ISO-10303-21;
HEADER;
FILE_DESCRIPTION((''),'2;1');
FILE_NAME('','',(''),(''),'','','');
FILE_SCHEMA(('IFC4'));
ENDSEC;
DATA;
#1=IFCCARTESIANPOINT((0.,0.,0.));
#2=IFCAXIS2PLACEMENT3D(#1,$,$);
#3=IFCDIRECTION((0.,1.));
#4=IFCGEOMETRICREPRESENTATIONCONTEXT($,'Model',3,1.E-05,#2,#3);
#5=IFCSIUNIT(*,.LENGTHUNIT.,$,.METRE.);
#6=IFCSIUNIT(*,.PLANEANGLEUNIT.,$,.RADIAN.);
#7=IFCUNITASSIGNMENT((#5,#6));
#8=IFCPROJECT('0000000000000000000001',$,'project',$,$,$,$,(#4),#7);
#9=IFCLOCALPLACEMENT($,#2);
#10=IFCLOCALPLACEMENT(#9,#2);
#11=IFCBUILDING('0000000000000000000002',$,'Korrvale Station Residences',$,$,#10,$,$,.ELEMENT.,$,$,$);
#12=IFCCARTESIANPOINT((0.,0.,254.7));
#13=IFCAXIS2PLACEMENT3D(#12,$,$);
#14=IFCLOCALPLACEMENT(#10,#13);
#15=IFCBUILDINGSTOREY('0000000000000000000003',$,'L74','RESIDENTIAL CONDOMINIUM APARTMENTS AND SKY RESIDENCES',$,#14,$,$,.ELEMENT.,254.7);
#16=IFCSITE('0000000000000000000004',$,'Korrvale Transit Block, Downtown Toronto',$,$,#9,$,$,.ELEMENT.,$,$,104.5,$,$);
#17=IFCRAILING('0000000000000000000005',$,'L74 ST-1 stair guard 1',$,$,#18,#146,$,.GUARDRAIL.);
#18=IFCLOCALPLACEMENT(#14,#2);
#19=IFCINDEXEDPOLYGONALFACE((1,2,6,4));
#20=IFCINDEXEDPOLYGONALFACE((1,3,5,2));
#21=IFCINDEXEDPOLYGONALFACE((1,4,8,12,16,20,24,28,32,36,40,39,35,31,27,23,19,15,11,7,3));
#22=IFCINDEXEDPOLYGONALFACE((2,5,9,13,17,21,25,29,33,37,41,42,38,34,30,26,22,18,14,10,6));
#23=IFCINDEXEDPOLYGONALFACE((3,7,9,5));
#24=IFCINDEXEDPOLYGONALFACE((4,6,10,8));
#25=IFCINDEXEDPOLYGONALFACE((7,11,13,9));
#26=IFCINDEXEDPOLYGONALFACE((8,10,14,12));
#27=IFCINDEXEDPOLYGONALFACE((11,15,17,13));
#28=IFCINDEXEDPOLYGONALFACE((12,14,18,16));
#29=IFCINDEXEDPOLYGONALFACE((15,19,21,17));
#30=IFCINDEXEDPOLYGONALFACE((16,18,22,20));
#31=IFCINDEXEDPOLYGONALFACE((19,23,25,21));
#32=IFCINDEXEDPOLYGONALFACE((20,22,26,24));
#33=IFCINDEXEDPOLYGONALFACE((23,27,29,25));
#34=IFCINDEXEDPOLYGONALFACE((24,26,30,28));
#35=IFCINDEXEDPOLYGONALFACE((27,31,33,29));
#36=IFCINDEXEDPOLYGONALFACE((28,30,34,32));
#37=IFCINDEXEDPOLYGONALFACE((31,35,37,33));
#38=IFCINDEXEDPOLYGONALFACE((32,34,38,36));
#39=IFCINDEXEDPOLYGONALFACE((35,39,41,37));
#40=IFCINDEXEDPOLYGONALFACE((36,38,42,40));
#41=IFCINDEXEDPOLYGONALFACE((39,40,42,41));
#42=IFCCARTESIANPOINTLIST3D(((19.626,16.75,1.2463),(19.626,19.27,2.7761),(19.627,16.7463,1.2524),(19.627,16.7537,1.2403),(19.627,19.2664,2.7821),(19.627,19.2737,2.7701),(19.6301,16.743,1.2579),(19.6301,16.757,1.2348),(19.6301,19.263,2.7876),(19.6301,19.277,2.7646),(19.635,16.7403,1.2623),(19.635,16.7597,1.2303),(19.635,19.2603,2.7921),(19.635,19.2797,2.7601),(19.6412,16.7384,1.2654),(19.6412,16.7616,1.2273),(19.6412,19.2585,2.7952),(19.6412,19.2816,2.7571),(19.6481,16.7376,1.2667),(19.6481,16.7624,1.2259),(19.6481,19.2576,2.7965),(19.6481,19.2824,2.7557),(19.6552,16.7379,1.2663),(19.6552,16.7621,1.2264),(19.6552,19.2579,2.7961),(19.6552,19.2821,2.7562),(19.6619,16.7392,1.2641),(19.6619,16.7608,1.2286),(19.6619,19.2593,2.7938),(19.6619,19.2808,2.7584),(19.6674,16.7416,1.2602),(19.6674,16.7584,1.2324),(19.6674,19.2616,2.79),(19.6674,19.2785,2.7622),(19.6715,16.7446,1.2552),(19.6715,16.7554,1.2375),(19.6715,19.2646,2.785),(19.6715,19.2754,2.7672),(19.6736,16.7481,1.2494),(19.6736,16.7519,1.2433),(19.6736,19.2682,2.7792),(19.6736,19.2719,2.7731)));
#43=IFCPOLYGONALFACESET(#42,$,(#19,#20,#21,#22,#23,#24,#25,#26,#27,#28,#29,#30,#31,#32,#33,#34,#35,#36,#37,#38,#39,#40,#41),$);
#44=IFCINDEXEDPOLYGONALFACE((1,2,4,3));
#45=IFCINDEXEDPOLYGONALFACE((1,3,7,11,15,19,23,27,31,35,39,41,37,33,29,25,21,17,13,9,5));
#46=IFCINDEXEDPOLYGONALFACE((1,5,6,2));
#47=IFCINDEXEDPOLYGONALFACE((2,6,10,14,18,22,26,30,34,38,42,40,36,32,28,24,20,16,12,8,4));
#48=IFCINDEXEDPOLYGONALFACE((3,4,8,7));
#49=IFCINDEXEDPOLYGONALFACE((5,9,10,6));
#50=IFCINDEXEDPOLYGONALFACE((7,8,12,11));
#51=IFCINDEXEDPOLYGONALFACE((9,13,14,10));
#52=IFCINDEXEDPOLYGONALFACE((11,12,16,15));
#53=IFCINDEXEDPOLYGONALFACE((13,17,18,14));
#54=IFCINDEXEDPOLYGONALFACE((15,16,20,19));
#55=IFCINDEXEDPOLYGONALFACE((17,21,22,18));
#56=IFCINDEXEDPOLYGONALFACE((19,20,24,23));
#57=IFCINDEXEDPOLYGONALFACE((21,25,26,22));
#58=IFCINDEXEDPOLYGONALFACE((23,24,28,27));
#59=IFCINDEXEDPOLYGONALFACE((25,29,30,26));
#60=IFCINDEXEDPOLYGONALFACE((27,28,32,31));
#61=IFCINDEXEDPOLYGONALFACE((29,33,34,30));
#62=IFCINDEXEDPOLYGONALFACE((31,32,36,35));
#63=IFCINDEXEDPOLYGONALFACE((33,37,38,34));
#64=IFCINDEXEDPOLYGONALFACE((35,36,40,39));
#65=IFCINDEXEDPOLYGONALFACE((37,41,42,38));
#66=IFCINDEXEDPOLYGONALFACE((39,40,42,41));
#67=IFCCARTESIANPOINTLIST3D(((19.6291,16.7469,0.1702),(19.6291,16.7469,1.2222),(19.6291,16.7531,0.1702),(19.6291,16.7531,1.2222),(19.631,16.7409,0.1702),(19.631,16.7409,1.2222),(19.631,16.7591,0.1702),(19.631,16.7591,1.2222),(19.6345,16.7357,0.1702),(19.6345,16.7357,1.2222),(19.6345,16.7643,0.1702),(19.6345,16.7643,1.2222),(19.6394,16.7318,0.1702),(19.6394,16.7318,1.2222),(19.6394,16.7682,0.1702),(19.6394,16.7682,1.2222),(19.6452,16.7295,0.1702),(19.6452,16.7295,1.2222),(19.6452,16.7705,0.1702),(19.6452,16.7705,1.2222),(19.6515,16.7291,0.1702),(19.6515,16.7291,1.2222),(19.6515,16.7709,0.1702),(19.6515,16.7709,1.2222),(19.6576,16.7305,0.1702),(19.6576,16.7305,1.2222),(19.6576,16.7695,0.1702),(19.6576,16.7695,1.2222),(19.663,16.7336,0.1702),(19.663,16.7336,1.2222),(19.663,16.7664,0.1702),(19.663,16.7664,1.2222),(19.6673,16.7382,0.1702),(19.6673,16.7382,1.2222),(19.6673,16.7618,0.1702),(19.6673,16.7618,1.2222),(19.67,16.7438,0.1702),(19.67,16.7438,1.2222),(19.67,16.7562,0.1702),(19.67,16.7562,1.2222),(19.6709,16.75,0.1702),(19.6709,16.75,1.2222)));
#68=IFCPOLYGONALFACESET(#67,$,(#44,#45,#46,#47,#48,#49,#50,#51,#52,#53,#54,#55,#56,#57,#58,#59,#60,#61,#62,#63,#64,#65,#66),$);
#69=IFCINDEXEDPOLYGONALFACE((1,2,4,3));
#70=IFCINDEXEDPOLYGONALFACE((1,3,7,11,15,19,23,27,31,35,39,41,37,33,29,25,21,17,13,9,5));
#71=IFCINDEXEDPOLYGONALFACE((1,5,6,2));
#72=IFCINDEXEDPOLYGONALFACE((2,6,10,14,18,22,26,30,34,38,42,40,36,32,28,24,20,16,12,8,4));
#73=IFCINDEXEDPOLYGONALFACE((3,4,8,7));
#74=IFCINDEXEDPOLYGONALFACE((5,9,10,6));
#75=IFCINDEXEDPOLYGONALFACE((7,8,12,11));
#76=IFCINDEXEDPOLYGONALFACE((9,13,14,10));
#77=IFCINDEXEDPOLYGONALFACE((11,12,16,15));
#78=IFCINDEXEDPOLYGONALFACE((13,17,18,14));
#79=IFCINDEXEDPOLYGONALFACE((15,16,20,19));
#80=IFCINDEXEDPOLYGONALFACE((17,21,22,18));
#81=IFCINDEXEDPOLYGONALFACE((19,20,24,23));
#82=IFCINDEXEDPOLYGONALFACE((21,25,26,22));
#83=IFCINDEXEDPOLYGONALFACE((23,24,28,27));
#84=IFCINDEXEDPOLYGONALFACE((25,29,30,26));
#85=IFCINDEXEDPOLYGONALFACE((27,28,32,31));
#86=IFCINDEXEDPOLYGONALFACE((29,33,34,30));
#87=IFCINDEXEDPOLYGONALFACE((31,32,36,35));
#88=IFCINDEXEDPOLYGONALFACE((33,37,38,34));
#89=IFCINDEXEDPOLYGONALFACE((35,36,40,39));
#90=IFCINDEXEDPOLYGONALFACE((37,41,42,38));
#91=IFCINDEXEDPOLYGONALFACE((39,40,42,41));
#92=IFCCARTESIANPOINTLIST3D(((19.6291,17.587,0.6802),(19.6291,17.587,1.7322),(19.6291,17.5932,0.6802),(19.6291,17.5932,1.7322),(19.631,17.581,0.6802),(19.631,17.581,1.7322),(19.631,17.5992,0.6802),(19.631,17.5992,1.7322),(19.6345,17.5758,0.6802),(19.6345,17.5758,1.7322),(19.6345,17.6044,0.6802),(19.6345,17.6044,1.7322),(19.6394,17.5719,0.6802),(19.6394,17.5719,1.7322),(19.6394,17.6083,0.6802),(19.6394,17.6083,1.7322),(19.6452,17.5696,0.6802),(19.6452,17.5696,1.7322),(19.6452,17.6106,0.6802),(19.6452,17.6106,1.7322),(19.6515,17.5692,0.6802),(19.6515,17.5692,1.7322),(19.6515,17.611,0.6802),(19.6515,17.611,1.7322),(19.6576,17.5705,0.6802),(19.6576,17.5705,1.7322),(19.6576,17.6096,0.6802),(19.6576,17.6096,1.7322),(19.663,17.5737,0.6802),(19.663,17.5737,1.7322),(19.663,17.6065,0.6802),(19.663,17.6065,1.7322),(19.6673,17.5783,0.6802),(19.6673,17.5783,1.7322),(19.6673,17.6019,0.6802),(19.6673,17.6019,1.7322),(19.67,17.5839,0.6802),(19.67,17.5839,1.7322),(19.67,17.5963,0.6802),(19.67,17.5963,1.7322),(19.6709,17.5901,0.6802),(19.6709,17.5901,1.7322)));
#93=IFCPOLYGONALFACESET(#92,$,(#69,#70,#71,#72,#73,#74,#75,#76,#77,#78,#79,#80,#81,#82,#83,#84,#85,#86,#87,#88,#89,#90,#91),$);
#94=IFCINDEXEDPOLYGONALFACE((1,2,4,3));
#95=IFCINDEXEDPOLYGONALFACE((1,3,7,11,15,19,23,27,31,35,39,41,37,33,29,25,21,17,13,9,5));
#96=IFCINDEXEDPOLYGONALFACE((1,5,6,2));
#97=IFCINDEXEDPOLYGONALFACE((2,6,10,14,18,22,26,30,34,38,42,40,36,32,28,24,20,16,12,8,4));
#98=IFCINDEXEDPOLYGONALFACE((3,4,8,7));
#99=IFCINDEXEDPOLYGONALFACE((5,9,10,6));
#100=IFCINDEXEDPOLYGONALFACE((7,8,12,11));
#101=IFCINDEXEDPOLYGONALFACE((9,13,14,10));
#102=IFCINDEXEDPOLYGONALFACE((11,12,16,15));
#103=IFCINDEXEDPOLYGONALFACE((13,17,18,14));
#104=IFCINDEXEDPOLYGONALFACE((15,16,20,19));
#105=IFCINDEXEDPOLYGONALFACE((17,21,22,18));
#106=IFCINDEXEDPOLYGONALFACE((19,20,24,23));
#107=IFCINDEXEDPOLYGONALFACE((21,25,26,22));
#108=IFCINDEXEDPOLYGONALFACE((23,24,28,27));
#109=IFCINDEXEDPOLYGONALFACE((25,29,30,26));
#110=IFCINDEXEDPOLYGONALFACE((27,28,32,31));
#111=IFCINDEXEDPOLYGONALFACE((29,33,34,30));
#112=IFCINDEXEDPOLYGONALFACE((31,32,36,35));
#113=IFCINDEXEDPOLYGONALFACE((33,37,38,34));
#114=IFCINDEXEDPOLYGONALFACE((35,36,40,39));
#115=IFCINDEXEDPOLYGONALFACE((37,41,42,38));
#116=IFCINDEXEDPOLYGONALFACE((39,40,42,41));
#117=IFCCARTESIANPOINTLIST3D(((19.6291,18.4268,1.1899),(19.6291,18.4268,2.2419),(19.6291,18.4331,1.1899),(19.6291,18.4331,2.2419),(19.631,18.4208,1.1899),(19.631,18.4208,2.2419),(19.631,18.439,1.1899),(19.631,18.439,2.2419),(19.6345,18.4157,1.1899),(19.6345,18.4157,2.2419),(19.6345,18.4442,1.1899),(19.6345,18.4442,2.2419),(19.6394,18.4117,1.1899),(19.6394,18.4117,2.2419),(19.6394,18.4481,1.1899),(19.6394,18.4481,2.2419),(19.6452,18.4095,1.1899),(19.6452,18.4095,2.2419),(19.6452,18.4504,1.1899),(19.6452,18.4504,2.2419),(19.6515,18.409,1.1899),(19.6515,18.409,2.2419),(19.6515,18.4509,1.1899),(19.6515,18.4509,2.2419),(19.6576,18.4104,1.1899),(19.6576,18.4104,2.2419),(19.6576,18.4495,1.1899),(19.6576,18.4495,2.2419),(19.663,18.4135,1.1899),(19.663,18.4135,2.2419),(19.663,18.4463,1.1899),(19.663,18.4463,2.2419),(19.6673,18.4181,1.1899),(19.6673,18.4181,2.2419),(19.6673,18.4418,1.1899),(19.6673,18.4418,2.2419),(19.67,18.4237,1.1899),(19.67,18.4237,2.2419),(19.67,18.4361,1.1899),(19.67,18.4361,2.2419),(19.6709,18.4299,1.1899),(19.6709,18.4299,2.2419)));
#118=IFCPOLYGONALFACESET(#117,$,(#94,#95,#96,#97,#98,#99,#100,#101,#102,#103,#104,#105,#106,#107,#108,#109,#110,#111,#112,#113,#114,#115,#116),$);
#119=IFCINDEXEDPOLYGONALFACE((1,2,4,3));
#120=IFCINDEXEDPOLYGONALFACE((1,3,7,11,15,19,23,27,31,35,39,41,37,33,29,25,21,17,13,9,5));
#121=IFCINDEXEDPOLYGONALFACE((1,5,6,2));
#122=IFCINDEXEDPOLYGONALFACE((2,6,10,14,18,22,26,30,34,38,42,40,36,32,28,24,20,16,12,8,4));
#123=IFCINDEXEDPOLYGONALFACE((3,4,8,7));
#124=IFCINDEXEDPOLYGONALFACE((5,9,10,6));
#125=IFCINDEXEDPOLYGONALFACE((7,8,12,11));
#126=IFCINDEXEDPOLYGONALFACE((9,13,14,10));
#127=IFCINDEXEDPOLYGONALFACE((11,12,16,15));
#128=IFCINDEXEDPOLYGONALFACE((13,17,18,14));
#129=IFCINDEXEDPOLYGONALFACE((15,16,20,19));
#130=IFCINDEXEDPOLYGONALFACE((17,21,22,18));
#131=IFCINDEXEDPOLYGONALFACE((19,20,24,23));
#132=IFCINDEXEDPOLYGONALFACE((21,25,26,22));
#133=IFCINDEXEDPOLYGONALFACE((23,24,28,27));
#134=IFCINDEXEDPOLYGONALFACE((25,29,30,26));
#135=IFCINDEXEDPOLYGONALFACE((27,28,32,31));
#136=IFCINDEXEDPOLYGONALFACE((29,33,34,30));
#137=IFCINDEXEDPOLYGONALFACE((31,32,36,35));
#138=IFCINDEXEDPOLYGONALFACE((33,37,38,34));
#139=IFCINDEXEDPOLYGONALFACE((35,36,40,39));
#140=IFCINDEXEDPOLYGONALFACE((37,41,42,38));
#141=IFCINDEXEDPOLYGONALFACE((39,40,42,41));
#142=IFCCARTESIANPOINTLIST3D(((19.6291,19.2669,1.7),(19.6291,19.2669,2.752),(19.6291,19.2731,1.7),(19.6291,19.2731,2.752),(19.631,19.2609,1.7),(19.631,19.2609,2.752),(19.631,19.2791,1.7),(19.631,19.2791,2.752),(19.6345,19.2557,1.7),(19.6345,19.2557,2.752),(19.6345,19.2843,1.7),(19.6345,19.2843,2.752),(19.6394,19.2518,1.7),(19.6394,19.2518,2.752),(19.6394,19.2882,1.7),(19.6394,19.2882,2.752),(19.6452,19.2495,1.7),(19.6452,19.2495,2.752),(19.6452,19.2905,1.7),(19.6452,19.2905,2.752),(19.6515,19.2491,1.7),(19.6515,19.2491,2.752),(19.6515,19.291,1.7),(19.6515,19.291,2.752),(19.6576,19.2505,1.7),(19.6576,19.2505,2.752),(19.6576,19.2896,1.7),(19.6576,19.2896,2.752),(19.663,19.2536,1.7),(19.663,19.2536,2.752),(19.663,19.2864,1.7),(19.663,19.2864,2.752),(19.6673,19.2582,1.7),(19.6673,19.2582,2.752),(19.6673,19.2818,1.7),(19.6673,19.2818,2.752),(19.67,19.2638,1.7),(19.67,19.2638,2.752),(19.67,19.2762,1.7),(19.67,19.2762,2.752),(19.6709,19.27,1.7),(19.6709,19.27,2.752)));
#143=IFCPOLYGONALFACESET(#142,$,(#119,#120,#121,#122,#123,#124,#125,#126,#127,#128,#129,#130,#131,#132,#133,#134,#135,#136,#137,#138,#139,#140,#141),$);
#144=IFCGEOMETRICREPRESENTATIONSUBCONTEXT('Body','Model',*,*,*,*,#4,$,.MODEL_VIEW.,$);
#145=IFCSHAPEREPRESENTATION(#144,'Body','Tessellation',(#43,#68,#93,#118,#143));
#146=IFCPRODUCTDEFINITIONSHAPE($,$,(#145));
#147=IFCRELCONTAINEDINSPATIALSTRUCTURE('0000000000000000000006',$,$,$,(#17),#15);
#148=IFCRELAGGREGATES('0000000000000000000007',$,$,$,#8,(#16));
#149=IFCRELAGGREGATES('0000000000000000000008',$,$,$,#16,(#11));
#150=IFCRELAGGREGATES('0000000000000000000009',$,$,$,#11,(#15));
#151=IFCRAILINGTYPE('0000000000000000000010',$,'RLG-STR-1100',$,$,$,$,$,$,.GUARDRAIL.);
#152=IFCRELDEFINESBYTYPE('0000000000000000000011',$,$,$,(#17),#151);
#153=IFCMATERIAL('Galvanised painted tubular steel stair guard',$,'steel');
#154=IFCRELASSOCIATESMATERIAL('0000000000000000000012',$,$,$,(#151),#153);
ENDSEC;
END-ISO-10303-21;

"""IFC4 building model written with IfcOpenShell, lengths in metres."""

from ifc_helpers import new_model, si_unit, direction, frame, origin, origin_2d, place, context, subcontext, project, spatial, circle, extrude, material, type_object, element, save


model = new_model("IFC4")

# Units and contexts
model_context = context("Model", 3, precision=1e-05, world=origin(), true_north=direction((0.0, 1.0)))
body_context = subcontext(model_context, "Body", "Model", "MODEL_VIEW")
ifc_project = project(units=[si_unit("LENGTHUNIT", "METRE"), si_unit("PLANEANGLEUNIT", "RADIAN")], contexts=[model_context])

# Site, building, storey
site_placement = place(None, origin())
site = spatial("IfcSite", under=ifc_project, at=site_placement, Name="Korrvale Transit Block, Downtown Toronto", CompositionType="ELEMENT", RefElevation=104.5)
building_placement = place(site_placement, origin())
building = spatial("IfcBuilding", under=site, at=building_placement, Name="Korrvale Station Residences", CompositionType="ELEMENT")
storey_placement = place(building_placement, frame((0.0, 0.0, 254.7)))
storey = spatial("IfcBuildingStorey", under=building, at=storey_placement, Name="L74", Description="RESIDENTIAL CONDOMINIUM APARTMENTS AND SKY RESIDENCES", CompositionType="ELEMENT", Elevation=254.7)

# Railing
ifc_material_1 = material(Name="Galvanised painted tubular steel stair guard", Category="steel")
railing_type_1 = type_object("IfcRailingType", Name="RLG-STR-1100", PredefinedType="GUARDRAIL", material=ifc_material_1)
railing_1_placement = place(storey_placement, frame((19.6499, 16.75, 0.1702)))
element("IfcRailing", 1, at=railing_1_placement, inside=storey, type_object=railing_type_1, Name="L74 ST-1 stair guard 1", PredefinedType="GUARDRAIL", context=body_context, shape_type="SweptSolid", body=[
    extrude(circle(Radius=0.0239, at=origin_2d()), frame((0.0, 0.0, 1.0762), z_axis=(0.0, 0.854822, 0.518922), x_axis=(-1.0, 0.0, 0.0)), (0.0, 0.0, 1.0), 2.948),
    extrude(circle(Radius=0.021, at=origin_2d()), origin(), (0.0, 0.0, 1.0), 1.052),
    extrude(circle(Radius=0.021, at=origin_2d()), frame((0.0, 0.8401, 0.51)), (0.0, 0.0, 1.0), 1.052),
    extrude(circle(Radius=0.021, at=origin_2d()), frame((0.0, 1.6799, 1.0198)), (0.0, 0.0, 1.0), 1.052),
    extrude(circle(Radius=0.021, at=origin_2d()), frame((0.0, 2.52, 1.5298)), (0.0, 0.0, 1.0), 1.052),
])

save(model, "model.ifc")
